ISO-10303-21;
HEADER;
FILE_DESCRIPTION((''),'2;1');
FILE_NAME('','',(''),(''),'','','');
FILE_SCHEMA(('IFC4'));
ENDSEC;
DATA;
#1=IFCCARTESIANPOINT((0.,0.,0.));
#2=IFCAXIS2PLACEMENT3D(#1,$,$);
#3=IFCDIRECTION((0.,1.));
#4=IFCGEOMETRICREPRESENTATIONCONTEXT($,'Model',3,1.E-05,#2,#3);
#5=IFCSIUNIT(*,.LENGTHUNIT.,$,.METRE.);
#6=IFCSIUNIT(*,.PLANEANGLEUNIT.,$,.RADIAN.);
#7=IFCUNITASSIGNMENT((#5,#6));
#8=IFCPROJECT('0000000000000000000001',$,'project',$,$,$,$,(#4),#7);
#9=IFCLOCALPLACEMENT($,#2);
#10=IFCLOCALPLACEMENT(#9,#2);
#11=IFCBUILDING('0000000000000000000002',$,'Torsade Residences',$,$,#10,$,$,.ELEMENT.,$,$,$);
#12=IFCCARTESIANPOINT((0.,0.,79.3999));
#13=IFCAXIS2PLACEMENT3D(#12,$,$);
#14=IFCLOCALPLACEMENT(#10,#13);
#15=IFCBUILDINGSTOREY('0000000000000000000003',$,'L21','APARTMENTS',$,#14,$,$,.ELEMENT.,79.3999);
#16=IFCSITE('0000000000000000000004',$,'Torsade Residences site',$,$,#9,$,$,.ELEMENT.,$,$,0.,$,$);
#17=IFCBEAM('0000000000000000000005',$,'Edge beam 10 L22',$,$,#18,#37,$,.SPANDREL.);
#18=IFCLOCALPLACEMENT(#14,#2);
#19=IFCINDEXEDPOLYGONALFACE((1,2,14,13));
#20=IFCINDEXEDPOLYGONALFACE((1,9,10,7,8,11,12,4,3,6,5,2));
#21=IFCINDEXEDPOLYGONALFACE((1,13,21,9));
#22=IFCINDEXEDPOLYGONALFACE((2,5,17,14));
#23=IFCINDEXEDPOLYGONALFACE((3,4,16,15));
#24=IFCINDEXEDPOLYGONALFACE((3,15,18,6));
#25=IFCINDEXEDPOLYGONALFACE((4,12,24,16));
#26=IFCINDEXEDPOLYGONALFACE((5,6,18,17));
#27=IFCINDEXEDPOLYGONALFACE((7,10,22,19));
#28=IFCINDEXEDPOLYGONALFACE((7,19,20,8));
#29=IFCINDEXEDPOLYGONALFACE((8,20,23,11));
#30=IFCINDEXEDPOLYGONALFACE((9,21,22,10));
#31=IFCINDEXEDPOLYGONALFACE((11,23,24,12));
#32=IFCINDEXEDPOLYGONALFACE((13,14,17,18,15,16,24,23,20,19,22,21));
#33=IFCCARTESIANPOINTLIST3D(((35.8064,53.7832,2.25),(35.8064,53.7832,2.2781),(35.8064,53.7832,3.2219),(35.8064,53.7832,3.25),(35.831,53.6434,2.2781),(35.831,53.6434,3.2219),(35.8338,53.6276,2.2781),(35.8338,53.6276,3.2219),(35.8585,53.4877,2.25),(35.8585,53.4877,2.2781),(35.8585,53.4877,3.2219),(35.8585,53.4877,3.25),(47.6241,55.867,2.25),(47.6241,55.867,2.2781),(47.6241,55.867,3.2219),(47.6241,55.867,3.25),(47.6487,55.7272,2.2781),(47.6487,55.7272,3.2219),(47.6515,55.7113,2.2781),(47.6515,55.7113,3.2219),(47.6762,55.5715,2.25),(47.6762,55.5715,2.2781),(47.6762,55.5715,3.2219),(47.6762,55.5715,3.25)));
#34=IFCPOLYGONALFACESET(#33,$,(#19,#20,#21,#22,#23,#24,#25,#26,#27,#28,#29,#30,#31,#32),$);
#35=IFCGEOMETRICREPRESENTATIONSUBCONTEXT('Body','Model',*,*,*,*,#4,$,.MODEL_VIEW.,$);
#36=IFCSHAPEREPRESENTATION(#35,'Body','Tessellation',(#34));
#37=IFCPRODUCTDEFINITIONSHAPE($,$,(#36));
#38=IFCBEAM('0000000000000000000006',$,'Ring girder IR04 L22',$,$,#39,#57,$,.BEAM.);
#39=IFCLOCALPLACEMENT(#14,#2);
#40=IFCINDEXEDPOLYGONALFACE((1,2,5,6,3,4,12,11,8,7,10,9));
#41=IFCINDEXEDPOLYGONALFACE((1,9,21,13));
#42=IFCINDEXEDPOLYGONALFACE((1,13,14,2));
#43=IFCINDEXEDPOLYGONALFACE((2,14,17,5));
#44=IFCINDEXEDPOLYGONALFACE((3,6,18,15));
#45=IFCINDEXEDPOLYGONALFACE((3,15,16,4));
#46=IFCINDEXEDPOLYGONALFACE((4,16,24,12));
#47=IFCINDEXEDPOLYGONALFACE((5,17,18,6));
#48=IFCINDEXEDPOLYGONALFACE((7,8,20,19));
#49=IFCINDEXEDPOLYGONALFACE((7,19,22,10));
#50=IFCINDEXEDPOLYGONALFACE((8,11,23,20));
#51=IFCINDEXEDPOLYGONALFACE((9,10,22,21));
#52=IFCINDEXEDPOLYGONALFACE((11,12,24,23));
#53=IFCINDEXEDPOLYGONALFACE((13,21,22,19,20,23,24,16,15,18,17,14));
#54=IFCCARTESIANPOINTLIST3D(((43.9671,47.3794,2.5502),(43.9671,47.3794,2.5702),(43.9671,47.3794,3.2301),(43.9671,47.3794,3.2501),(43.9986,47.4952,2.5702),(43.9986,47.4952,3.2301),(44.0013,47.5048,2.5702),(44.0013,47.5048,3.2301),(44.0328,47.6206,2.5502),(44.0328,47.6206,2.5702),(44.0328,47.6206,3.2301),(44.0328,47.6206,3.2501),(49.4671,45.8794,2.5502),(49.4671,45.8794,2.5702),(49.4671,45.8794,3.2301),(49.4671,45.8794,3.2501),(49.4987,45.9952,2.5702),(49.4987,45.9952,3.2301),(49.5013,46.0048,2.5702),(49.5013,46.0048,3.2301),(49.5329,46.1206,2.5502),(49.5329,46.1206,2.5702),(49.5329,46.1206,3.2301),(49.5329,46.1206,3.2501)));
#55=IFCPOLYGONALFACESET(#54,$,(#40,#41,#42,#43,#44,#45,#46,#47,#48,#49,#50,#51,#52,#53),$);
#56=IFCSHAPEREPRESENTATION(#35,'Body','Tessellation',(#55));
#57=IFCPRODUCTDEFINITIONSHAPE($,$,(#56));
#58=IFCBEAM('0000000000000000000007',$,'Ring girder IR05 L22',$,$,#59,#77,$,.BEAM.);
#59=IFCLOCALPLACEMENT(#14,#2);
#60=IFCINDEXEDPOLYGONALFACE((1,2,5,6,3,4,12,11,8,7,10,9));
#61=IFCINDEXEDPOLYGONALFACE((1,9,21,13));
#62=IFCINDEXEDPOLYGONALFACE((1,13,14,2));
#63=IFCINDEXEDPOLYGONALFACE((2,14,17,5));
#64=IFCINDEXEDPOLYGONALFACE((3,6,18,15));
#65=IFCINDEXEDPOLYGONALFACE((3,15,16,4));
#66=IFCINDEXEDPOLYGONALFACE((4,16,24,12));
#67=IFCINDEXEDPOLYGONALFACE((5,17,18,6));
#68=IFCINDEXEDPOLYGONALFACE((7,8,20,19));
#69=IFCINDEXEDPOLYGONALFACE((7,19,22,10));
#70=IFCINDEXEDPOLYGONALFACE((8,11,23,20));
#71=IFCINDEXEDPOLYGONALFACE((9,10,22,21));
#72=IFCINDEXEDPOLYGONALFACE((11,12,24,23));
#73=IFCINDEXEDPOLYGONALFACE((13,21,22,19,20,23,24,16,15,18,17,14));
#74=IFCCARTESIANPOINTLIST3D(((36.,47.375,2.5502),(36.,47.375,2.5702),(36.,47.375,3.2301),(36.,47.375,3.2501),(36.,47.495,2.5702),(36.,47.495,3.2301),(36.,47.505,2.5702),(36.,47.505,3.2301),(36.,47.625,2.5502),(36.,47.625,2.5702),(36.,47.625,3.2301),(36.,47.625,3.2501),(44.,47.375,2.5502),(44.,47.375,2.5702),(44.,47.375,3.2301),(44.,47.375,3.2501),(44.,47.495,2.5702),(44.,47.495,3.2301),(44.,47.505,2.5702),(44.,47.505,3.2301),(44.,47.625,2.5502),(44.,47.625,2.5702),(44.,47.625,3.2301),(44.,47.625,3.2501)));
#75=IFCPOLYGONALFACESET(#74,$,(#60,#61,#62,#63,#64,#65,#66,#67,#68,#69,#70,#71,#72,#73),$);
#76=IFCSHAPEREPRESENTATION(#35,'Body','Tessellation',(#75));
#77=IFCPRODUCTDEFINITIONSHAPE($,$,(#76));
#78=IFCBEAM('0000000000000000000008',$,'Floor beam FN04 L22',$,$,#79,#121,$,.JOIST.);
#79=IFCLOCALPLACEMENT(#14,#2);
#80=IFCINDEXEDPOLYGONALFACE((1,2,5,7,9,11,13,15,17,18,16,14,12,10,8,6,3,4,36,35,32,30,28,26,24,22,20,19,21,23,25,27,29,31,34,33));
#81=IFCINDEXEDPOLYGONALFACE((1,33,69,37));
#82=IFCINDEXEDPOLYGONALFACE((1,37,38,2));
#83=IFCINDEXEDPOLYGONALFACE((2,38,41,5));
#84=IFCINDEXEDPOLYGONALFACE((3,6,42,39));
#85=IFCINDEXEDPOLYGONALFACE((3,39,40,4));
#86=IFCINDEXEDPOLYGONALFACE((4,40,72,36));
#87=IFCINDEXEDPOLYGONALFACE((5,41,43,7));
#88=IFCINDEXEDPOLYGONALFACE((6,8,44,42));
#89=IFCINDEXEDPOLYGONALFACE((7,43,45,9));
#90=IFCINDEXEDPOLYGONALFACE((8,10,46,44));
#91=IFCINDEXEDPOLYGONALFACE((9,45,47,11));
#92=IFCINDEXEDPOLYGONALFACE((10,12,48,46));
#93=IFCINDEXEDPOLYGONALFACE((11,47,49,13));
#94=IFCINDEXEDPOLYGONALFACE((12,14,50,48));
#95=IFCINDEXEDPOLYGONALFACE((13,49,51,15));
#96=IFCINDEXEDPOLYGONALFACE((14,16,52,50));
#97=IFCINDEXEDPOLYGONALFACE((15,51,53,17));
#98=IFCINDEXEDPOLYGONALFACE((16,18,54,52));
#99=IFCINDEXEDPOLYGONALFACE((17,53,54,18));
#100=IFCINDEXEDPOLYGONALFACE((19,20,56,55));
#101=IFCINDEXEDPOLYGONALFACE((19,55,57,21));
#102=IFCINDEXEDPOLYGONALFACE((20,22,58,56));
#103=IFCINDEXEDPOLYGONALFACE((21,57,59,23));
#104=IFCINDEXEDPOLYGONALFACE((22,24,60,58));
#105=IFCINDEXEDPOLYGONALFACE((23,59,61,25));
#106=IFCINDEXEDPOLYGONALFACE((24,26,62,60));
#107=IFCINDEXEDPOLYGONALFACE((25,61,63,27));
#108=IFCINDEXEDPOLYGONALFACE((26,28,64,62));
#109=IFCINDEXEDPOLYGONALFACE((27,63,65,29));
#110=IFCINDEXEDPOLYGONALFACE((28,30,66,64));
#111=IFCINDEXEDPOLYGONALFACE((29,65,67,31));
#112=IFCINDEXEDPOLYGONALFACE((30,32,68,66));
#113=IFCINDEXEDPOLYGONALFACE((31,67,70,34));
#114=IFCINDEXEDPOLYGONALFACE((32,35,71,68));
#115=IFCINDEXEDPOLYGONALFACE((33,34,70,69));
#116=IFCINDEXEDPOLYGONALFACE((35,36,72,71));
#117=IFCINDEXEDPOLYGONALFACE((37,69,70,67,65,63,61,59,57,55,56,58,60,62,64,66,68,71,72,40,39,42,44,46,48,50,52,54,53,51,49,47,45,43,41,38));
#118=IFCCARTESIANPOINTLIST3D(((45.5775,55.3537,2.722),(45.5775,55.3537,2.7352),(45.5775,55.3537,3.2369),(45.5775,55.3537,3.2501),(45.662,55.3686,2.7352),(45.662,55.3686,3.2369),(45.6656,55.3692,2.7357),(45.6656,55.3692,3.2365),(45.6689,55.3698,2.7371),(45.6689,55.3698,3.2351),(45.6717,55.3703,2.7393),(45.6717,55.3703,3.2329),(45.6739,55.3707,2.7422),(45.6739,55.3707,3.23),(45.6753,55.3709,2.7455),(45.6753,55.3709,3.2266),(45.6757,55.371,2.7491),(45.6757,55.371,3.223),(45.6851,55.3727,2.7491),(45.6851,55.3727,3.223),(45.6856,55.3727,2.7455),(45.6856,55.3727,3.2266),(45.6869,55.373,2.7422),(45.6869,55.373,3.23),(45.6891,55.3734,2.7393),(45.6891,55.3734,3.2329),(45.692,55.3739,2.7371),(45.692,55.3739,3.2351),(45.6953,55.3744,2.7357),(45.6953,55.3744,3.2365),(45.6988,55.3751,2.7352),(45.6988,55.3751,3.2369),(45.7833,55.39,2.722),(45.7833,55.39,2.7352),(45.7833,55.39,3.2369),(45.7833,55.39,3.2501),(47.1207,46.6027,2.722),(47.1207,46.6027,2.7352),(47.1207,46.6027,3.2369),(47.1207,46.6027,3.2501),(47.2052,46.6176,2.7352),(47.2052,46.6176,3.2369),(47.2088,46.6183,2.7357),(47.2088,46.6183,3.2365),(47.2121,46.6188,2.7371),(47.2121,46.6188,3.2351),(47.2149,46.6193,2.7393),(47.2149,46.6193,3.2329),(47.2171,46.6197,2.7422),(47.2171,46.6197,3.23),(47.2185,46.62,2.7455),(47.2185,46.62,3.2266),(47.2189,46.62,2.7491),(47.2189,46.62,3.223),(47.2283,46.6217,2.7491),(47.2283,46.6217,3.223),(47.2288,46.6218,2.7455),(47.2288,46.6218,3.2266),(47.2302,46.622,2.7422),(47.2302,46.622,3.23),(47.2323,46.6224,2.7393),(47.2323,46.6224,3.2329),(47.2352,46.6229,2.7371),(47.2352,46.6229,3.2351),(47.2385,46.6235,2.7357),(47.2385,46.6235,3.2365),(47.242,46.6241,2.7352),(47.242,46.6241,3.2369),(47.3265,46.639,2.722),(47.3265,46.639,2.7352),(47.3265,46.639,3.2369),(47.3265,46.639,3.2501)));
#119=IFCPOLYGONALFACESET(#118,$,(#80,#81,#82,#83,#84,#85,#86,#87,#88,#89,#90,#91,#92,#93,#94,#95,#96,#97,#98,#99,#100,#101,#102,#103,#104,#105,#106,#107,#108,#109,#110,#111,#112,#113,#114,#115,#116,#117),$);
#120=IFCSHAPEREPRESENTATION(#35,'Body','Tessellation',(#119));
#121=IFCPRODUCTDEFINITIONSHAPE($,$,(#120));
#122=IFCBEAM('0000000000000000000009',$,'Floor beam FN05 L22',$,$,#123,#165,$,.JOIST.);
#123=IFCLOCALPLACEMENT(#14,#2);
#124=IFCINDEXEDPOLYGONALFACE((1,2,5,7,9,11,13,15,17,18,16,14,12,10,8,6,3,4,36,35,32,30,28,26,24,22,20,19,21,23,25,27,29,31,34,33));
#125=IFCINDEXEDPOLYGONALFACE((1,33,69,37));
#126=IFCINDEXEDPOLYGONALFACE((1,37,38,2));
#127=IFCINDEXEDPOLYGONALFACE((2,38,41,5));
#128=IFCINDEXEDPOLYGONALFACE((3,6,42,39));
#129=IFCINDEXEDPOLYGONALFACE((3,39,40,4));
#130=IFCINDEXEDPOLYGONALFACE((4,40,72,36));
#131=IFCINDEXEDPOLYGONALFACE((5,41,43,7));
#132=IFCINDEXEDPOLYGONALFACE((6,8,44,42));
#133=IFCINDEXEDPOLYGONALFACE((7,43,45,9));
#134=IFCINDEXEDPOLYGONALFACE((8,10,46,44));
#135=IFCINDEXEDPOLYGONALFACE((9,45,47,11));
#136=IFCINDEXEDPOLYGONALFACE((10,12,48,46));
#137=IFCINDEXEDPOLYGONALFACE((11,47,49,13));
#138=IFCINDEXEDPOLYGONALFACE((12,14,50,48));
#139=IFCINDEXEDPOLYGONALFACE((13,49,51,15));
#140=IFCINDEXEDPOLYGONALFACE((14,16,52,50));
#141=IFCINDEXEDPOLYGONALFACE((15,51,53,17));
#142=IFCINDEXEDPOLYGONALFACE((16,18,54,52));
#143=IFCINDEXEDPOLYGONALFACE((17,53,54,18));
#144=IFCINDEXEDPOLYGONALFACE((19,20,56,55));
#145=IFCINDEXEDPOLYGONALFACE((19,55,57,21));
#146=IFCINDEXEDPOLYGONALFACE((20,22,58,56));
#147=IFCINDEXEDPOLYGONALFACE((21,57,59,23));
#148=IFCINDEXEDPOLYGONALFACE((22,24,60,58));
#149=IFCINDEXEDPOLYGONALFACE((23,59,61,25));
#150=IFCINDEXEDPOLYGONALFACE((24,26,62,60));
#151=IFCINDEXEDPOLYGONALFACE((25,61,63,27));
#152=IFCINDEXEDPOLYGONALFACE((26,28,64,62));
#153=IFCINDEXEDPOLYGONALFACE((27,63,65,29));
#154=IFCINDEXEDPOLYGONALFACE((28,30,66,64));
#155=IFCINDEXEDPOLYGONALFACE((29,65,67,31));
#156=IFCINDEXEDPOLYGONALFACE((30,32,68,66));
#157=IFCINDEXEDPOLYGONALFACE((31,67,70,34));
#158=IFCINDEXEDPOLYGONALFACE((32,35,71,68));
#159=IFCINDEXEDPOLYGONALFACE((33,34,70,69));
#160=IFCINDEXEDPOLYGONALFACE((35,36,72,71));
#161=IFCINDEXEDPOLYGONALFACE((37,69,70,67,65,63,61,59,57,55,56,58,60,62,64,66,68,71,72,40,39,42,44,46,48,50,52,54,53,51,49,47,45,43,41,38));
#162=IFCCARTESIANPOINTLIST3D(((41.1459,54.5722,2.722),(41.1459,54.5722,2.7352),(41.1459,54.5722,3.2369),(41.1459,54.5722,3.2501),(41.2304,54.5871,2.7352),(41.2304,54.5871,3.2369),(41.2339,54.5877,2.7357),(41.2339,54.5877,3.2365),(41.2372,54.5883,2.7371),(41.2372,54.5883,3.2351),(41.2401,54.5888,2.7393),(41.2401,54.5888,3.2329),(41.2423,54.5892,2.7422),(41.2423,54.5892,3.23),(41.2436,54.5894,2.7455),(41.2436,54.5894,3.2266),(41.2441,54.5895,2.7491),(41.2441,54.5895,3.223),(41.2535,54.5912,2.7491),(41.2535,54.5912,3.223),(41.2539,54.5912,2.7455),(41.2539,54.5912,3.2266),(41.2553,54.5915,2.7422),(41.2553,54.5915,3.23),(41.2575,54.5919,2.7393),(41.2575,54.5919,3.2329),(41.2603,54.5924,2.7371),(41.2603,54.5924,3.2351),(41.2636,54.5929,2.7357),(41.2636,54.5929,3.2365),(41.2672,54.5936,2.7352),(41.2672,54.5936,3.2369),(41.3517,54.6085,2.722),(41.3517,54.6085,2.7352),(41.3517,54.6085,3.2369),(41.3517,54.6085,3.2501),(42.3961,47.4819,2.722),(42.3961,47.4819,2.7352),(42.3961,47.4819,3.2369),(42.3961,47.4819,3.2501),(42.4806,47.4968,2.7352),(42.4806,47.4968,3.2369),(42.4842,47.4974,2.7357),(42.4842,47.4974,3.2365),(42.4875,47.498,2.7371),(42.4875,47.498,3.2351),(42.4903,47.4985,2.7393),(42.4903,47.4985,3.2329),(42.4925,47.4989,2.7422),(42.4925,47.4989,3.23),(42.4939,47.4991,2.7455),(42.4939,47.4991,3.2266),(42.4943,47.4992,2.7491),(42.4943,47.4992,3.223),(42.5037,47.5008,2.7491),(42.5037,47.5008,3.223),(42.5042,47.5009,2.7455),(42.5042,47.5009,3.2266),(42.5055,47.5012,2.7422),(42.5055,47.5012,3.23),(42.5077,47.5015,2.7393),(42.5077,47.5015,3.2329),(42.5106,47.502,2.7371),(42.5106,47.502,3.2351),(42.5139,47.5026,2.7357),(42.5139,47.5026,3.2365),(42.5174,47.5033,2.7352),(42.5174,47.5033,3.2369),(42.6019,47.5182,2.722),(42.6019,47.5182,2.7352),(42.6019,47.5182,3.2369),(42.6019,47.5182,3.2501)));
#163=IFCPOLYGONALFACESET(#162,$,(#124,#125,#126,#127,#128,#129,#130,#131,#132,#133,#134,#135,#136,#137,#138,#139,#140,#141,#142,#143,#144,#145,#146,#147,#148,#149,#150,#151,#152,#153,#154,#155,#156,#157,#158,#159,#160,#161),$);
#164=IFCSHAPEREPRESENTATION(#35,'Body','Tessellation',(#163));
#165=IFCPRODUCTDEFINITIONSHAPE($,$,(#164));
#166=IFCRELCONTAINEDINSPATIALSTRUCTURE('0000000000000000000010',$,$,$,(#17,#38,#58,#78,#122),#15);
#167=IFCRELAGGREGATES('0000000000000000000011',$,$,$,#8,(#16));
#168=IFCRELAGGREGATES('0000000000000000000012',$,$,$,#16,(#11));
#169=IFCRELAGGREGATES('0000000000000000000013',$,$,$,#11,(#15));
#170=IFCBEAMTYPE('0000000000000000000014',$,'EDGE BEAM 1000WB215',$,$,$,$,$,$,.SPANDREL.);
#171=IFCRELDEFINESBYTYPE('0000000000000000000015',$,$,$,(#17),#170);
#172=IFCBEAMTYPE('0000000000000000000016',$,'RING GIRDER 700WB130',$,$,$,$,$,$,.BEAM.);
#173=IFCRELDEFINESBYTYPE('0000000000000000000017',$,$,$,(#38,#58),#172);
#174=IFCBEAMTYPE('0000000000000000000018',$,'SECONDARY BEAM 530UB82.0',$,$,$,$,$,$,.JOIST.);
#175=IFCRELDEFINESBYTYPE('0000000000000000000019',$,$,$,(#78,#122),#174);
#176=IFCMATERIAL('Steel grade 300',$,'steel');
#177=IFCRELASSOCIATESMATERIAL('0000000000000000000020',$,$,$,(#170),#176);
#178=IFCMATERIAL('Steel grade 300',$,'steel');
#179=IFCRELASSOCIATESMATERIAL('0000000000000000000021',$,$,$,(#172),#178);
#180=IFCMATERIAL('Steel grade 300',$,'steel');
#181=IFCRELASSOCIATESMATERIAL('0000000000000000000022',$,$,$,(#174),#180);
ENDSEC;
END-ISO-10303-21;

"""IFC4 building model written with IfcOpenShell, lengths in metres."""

from ifc_helpers import new_model, si_unit, direction, frame, origin, origin_2d, place, context, subcontext, project, spatial, i_section, extrude, material, material_profile, profile_set, type_object, element, save


model = new_model("IFC4")

# Units and contexts
model_context = context("Model", 3, precision=1e-05, world=origin(), true_north=direction((0.0, 1.0)))
body_context = subcontext(model_context, "Body", "Model", "MODEL_VIEW")
ifc_project = project(units=[si_unit("LENGTHUNIT", "METRE"), si_unit("PLANEANGLEUNIT", "RADIAN")], contexts=[model_context])

# Site, building, storey
site_placement = place(None, origin())
site = spatial("IfcSite", under=ifc_project, at=site_placement, Name="Torsade Residences site", CompositionType="ELEMENT", RefElevation=0.0)
building_placement = place(site_placement, origin())
building = spatial("IfcBuilding", under=site, at=building_placement, Name="Torsade Residences", CompositionType="ELEMENT")
storey_placement = place(building_placement, frame((0.0, 0.0, 79.3999)))
storey = spatial("IfcBuildingStorey", under=building, at=storey_placement, Name="L21", Description="APARTMENTS", CompositionType="ELEMENT", Elevation=79.3999)

# Beams
ifc_material_1 = material(Name="Steel grade 300", Category="steel")
ifc_material_profile_1 = material_profile(ifc_material_1, i_section(OverallWidth=0.3, OverallDepth=1.0, WebThickness=0.0161, FlangeThickness=0.0281, at=origin_2d()), Name="1000WB215")
ifc_profile_set_1 = profile_set([ifc_material_profile_1], Name="Steel grade 300")
beam_type_1 = type_object("IfcBeamType", Name="EDGE BEAM 1000WB215", PredefinedType="SPANDREL", material=ifc_profile_set_1)
beam_1_placement = place(storey_placement, frame((47.6501, 55.7192, 2.75), z_axis=(-0.984808, -0.173646, 0.0), x_axis=(0.173646, -0.984808, 0.0)))
element("IfcBeam", 1, at=beam_1_placement, inside=storey, type_object=beam_type_1, Name="Edge beam 10 L22", PredefinedType="SPANDREL", context=body_context, shape_type="SweptSolid", body=[
    extrude(i_section(OverallWidth=0.3, OverallDepth=1.0, WebThickness=0.0161, FlangeThickness=0.0281, at=origin_2d()), origin(), (0.0, 0.0, 1.0), 12.0),
])
ifc_material_2 = material(Name="Steel grade 300", Category="steel")
ifc_material_profile_2 = material_profile(ifc_material_2, i_section(OverallWidth=0.25, OverallDepth=0.7, WebThickness=0.01, FlangeThickness=0.02, at=origin_2d()), Name="700WB130")
ifc_profile_set_2 = profile_set([ifc_material_profile_2], Name="Steel grade 300")
beam_type_2 = type_object("IfcBeamType", Name="RING GIRDER 700WB130", PredefinedType="BEAM", material=ifc_profile_set_2)
beam_2_placement = place(storey_placement, frame((49.5, 46.0, 2.9001), z_axis=(-0.964764, 0.263117, 0.0), x_axis=(-0.263117, -0.964764, 0.0)))
element("IfcBeam", 2, at=beam_2_placement, inside=storey, type_object=beam_type_2, Name="Ring girder IR04 L22", PredefinedType="BEAM", context=body_context, shape_type="SweptSolid", body=[
    extrude(i_section(OverallWidth=0.25, OverallDepth=0.7, WebThickness=0.01, FlangeThickness=0.02, at=origin_2d()), origin(), (0.0, 0.0, 1.0), 5.7009),
])
beam_3_placement = place(storey_placement, frame((44.0, 47.5, 2.9001), z_axis=(-1.0, 0.0, 0.0), x_axis=(0.0, -1.0, 0.0)))
element("IfcBeam", 3, at=beam_3_placement, inside=storey, type_object=beam_type_2, Name="Ring girder IR05 L22", PredefinedType="BEAM", context=body_context, shape_type="SweptSolid", body=[
    extrude(i_section(OverallWidth=0.25, OverallDepth=0.7, WebThickness=0.01, FlangeThickness=0.02, at=origin_2d()), origin(), (0.0, 0.0, 1.0), 8.0),
])
ifc_material_3 = material(Name="Steel grade 300", Category="steel")
ifc_material_profile_3 = material_profile(ifc_material_3, i_section(OverallWidth=0.209, OverallDepth=0.5281, WebThickness=0.0095, FlangeThickness=0.0132, FilletRadius=0.0139, at=origin_2d()), Name="530UB82.0")
ifc_profile_set_3 = profile_set([ifc_material_profile_3], Name="Steel grade 300")
beam_type_3 = type_object("IfcBeamType", Name="SECONDARY BEAM 530UB82.0", PredefinedType="JOIST", material=ifc_profile_set_3)
beam_4_placement = place(storey_placement, frame((45.6804, 55.3718, 2.9861), z_axis=(0.173668, -0.984804, 0.0), x_axis=(0.984804, 0.173668, 0.0)))
element("IfcBeam", 4, at=beam_4_placement, inside=storey, type_object=beam_type_3, Name="Floor beam FN04 L22", PredefinedType="JOIST", context=body_context, shape_type="SweptSolid", body=[
    extrude(i_section(OverallWidth=0.209, OverallDepth=0.5281, WebThickness=0.0095, FlangeThickness=0.0132, FilletRadius=0.0139, at=origin_2d()), origin(), (0.0, 0.0, 1.0), 8.886),
])
beam_5_placement = place(storey_placement, frame((41.2488, 54.5903, 2.9861), z_axis=(0.173652, -0.984807, 0.0), x_axis=(0.984807, 0.173652, 0.0)))
element("IfcBeam", 5, at=beam_5_placement, inside=storey, type_object=beam_type_3, Name="Floor beam FN05 L22", PredefinedType="JOIST", context=body_context, shape_type="SweptSolid", body=[
    extrude(i_section(OverallWidth=0.209, OverallDepth=0.5281, WebThickness=0.0095, FlangeThickness=0.0132, FilletRadius=0.0139, at=origin_2d()), origin(), (0.0, 0.0, 1.0), 7.1997),
])

save(model, "model.ifc")
